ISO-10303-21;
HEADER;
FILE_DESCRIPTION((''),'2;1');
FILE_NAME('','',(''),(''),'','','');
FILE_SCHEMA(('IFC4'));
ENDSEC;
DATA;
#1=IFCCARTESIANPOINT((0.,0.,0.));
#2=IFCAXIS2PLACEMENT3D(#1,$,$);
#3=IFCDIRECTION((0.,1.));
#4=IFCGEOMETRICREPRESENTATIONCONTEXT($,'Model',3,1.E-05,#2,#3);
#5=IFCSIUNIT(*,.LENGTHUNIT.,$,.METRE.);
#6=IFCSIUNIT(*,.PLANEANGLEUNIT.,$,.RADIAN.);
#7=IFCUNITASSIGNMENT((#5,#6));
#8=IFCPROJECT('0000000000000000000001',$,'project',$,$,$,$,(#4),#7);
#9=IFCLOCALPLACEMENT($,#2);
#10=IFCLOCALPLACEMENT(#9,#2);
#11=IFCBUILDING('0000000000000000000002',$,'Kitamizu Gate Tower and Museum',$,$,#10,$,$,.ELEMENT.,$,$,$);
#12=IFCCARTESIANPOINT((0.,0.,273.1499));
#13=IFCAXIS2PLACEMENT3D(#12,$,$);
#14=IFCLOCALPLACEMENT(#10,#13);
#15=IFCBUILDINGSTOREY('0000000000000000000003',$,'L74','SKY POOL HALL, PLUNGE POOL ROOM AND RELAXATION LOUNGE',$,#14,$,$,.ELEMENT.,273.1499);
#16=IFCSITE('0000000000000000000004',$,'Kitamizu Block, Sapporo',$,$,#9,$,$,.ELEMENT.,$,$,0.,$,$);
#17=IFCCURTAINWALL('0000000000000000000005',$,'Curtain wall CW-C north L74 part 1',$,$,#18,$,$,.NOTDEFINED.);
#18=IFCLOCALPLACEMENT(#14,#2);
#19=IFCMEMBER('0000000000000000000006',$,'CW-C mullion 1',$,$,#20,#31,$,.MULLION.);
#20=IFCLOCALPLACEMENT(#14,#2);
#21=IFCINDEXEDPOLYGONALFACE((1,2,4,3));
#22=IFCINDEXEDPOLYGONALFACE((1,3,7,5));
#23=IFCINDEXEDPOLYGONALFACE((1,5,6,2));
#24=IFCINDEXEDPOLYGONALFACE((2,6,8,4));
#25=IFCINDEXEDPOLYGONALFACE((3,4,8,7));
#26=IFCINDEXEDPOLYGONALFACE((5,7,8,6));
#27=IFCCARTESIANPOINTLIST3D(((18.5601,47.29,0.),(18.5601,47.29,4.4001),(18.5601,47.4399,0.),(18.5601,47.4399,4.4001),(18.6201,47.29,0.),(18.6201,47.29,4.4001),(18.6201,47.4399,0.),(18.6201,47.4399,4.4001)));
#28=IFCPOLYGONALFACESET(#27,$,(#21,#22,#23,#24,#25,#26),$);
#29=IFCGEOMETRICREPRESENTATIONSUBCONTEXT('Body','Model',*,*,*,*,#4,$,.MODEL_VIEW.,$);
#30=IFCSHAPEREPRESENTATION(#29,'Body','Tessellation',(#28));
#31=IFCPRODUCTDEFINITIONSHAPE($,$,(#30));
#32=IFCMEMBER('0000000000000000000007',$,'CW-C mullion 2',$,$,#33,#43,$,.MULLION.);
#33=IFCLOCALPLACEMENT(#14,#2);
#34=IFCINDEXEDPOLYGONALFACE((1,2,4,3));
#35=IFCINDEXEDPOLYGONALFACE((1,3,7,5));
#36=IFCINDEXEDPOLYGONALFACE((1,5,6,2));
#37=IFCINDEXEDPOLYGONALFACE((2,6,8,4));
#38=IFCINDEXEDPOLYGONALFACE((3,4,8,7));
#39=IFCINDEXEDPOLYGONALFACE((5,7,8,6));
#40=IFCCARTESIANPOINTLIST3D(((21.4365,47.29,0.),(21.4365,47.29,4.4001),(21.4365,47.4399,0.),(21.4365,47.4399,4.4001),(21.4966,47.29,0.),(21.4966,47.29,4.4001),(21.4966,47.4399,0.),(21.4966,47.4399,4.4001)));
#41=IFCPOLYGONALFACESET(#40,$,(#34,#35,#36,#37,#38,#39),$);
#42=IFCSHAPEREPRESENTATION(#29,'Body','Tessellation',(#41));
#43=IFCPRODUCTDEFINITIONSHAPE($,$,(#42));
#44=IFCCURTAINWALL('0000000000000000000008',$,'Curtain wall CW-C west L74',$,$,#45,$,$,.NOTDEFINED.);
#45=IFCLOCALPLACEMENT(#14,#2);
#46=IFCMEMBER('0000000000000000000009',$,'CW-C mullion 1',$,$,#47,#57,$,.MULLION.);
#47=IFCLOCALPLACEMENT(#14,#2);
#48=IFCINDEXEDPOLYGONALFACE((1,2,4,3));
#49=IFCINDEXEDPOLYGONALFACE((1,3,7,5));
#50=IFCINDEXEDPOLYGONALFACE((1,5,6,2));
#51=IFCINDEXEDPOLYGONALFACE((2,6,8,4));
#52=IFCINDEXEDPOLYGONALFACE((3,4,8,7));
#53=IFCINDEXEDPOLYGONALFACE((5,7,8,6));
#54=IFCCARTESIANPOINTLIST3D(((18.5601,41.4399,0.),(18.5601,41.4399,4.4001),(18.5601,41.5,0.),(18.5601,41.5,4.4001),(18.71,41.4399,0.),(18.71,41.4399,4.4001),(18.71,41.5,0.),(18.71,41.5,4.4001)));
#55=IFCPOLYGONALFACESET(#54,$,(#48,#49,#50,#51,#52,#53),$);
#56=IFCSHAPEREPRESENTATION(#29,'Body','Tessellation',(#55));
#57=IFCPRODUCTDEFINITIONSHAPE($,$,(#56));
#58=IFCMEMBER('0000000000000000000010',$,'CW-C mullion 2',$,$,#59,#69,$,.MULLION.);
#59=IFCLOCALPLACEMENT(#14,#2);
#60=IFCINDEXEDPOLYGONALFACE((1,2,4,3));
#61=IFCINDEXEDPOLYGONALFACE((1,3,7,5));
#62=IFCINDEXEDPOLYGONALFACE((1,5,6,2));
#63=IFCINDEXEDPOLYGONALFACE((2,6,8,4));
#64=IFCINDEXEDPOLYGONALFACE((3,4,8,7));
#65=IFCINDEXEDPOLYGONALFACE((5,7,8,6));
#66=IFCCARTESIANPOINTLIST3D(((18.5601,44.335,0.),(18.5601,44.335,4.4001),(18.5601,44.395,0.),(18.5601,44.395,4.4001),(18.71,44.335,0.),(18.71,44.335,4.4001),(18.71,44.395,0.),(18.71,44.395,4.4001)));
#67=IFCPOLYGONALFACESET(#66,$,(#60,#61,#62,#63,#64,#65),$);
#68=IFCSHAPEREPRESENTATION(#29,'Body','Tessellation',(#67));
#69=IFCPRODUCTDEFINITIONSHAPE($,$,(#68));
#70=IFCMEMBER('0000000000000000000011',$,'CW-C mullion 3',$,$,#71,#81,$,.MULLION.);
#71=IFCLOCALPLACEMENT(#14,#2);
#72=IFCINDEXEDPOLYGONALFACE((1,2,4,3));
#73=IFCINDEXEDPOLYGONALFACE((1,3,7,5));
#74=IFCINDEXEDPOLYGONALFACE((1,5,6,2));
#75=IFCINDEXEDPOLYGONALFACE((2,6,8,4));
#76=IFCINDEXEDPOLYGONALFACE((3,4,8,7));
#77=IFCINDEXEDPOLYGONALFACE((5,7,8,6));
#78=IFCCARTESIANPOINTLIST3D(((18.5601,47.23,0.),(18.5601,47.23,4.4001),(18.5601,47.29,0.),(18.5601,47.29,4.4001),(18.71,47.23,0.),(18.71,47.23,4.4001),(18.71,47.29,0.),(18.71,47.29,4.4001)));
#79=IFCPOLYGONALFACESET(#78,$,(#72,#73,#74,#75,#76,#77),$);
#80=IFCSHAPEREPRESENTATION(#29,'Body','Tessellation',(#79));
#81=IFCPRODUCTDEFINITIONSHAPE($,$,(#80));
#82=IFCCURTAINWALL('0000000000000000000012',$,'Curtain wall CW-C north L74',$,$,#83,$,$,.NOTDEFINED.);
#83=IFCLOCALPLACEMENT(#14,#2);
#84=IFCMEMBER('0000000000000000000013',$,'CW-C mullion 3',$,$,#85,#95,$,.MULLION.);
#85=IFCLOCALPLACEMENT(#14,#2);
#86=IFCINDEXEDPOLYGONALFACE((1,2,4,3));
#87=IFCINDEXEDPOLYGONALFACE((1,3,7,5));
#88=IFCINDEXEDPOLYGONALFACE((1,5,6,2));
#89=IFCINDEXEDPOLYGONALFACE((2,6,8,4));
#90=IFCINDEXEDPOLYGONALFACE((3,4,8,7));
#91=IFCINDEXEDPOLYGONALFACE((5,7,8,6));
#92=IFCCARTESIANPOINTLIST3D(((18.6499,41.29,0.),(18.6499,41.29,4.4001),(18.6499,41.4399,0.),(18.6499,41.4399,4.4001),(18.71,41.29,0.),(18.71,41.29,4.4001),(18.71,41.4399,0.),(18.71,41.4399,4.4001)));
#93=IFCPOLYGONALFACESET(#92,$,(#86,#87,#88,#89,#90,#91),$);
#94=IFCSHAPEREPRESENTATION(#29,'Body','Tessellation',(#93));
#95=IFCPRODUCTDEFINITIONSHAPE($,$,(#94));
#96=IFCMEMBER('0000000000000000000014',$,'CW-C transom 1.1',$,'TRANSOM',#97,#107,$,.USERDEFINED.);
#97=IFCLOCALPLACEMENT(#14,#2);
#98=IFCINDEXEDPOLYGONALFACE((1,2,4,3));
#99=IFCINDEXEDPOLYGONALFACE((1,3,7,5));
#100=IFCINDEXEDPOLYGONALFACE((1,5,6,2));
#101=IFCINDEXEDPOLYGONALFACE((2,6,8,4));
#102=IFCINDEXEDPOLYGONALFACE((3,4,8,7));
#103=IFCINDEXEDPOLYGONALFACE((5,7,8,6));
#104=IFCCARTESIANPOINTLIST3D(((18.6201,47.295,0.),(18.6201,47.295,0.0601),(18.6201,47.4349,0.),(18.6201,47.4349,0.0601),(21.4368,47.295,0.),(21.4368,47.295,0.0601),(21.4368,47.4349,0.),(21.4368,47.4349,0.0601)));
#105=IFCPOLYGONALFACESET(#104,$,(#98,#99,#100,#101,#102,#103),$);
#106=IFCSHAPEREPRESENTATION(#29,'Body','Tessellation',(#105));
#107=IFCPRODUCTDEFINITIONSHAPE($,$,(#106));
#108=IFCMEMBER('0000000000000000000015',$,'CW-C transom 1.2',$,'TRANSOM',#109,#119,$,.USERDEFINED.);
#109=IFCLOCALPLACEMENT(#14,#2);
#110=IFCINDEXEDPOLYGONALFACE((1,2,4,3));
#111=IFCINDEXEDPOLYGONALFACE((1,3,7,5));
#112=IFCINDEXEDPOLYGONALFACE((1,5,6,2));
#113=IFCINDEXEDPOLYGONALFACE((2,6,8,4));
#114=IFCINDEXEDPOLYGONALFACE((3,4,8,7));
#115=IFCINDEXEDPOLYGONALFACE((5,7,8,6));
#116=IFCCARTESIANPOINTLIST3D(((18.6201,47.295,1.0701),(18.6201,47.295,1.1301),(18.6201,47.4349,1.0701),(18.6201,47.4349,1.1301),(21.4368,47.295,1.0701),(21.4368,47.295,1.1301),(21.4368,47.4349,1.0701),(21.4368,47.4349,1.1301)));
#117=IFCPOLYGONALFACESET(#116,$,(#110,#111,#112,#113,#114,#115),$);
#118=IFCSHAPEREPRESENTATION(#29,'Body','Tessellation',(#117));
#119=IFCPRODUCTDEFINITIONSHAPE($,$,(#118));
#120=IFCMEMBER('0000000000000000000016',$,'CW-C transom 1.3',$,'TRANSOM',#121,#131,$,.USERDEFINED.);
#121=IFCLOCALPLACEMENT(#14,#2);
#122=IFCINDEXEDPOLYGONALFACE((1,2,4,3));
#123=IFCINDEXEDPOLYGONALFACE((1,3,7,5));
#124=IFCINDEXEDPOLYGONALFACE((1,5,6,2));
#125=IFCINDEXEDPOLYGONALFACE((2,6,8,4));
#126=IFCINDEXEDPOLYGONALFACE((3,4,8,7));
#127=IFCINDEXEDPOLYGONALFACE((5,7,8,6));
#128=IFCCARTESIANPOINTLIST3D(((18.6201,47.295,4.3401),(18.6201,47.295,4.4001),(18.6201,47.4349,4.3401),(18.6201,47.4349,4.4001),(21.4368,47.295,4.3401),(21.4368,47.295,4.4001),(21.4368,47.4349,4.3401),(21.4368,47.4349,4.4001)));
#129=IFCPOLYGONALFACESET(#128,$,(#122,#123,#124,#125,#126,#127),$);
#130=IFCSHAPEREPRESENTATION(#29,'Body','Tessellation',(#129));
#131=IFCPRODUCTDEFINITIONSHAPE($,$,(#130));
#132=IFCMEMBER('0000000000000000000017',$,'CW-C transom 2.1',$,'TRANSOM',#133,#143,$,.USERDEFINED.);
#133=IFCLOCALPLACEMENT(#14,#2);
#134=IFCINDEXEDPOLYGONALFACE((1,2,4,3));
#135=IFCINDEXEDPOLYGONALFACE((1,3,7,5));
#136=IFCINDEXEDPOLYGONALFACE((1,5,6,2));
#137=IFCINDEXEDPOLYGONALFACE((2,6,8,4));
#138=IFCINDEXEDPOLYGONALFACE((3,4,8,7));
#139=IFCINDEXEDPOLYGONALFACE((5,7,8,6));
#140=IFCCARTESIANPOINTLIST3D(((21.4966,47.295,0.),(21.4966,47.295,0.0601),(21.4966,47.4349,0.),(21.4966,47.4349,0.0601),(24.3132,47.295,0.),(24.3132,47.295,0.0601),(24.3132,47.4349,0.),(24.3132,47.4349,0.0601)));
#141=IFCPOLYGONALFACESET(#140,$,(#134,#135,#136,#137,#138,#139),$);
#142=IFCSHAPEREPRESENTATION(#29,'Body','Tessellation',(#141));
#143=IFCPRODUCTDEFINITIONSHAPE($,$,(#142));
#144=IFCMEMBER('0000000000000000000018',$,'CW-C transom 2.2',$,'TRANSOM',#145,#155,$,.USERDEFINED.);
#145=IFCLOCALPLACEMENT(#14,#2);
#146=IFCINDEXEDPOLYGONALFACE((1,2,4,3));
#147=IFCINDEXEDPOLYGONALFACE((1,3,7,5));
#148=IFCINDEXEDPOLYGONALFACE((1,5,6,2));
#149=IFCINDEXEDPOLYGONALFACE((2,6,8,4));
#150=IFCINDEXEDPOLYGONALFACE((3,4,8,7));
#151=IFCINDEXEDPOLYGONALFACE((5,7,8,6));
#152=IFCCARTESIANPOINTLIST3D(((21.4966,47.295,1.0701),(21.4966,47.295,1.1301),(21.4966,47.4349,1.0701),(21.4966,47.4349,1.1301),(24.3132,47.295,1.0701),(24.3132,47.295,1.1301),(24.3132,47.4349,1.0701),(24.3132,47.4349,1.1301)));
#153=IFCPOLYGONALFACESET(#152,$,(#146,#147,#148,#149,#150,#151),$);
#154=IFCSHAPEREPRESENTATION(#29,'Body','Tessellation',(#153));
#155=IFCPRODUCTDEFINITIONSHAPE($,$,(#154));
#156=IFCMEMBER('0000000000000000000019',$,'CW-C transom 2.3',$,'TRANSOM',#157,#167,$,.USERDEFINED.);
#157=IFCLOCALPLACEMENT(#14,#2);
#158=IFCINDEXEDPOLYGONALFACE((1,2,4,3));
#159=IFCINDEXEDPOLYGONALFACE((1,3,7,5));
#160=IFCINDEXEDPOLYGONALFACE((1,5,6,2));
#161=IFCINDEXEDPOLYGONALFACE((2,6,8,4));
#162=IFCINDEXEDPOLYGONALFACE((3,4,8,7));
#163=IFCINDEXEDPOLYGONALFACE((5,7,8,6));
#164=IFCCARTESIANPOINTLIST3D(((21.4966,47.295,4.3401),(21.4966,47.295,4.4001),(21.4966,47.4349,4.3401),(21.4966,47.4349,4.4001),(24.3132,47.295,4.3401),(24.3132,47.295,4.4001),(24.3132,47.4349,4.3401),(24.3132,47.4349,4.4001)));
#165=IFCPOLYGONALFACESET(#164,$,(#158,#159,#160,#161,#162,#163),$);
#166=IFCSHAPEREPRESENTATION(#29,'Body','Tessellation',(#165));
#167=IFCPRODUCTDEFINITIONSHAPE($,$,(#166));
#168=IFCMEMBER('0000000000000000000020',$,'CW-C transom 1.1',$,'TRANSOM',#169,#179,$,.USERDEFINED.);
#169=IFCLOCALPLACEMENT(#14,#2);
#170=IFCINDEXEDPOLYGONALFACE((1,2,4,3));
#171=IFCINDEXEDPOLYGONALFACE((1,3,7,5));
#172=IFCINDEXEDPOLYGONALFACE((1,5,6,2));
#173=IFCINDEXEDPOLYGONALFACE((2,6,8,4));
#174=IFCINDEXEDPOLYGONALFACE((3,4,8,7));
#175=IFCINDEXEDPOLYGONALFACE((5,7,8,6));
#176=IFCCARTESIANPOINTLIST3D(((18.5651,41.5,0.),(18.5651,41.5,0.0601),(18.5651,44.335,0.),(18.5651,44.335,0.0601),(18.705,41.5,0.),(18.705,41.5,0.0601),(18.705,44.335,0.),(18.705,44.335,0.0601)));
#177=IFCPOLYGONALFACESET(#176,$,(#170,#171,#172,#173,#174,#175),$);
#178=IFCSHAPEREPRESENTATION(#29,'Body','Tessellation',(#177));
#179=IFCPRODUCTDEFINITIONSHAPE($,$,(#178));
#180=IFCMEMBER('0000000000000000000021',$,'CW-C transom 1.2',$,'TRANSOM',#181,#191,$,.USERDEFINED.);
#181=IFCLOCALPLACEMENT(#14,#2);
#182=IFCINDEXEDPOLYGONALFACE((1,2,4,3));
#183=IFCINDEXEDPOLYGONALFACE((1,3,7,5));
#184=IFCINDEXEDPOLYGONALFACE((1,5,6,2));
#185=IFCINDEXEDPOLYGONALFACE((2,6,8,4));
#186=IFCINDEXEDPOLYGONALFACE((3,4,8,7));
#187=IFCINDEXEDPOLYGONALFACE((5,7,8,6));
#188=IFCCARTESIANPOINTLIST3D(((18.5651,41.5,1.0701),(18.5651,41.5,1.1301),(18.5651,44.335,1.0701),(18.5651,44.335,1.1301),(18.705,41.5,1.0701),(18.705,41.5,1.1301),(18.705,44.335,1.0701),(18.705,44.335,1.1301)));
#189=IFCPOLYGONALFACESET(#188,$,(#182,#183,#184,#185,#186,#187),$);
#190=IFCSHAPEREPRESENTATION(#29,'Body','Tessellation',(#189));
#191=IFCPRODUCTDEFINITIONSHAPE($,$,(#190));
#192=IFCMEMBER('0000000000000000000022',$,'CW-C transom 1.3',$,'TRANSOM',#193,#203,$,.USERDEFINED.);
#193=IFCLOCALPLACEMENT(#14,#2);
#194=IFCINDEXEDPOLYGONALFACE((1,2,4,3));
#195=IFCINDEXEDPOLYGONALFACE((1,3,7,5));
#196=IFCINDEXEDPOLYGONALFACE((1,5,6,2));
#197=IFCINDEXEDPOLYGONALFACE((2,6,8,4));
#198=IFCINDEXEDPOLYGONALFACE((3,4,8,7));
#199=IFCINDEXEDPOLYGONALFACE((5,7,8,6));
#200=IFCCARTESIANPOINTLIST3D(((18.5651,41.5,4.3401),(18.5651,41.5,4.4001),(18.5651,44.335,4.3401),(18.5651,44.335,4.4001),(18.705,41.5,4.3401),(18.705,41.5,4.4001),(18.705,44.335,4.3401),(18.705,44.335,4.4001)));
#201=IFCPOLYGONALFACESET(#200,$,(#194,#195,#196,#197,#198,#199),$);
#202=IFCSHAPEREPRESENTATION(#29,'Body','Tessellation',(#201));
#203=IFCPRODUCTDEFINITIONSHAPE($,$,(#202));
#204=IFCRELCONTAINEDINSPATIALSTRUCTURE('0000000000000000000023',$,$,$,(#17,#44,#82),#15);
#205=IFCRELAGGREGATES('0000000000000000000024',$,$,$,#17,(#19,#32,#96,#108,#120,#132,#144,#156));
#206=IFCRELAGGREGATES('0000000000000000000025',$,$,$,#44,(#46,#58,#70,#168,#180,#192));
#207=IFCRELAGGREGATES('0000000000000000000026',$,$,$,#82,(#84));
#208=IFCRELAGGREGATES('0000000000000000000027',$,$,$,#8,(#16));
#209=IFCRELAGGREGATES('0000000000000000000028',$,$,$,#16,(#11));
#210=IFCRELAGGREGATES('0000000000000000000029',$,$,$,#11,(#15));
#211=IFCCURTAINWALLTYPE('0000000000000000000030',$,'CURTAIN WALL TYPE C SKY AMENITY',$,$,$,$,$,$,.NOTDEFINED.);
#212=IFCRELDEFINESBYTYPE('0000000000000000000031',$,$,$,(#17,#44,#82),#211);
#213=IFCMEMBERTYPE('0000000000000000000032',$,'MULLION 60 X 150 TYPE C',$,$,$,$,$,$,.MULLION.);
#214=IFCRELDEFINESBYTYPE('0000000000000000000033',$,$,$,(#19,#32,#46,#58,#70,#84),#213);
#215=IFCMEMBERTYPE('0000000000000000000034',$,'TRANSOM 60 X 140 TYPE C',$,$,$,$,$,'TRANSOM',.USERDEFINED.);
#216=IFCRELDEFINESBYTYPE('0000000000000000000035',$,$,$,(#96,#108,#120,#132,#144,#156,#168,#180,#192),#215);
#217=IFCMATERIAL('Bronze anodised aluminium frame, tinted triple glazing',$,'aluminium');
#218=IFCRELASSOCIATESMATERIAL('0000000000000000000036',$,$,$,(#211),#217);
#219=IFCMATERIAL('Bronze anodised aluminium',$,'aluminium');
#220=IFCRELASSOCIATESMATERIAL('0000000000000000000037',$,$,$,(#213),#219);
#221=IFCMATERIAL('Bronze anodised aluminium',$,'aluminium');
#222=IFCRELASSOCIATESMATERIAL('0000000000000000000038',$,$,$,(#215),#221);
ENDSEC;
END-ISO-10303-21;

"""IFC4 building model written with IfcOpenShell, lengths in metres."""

from ifc_helpers import new_model, si_unit, direction, frame, origin, origin_2d, place, context, subcontext, project, spatial, rectangle, extrude, material, material_profile, profile_set, type_object, element, aggregate, save


model = new_model("IFC4")

# Units and contexts
model_context = context("Model", 3, precision=1e-05, world=origin(), true_north=direction((0.0, 1.0)))
body_context = subcontext(model_context, "Body", "Model", "MODEL_VIEW")
ifc_project = project(units=[si_unit("LENGTHUNIT", "METRE"), si_unit("PLANEANGLEUNIT", "RADIAN")], contexts=[model_context])

# Site, building, storey
site_placement = place(None, origin())
site = spatial("IfcSite", under=ifc_project, at=site_placement, Name="Kitamizu Block, Sapporo", CompositionType="ELEMENT", RefElevation=0.0)
building_placement = place(site_placement, origin())
building = spatial("IfcBuilding", under=site, at=building_placement, Name="Kitamizu Gate Tower and Museum", CompositionType="ELEMENT")
storey_placement = place(building_placement, frame((0.0, 0.0, 273.1499)))
storey = spatial("IfcBuildingStorey", under=building, at=storey_placement, Name="L74", Description="SKY POOL HALL, PLUNGE POOL ROOM AND RELAXATION LOUNGE", CompositionType="ELEMENT", Elevation=273.1499)

# Curtain walls, members
ifc_material_1 = material(Name="Bronze anodised aluminium frame, tinted triple glazing", Category="aluminium")
curtain_wall_type = type_object("IfcCurtainWallType", Name="CURTAIN WALL TYPE C SKY AMENITY", PredefinedType="NOTDEFINED", material=ifc_material_1)
curtain_wall_1_placement = place(storey_placement, origin())
curtain_wall_1 = element("IfcCurtainWall", 1, at=curtain_wall_1_placement, inside=storey, type_object=curtain_wall_type, Name="Curtain wall CW-C north L74 part 1", PredefinedType="NOTDEFINED")
ifc_material_2 = material(Name="Bronze anodised aluminium", Category="aluminium")
ifc_material_profile_1 = material_profile(ifc_material_2, rectangle(XDim=0.0601, YDim=0.1499, at=origin_2d()), Name="AL 60X150")
ifc_profile_set_1 = profile_set([ifc_material_profile_1], Name="Bronze anodised aluminium")
member_type_1 = type_object("IfcMemberType", Name="MULLION 60 X 150 TYPE C", PredefinedType="MULLION", material=ifc_profile_set_1)
member_1_placement = place(storey_placement, frame((18.5901, 47.365, 0.0), z_axis=(0.0, 0.0, 1.0), x_axis=(1.0, 0.0, 0.0)))
member_1 = element("IfcMember", 2, at=member_1_placement, type_object=member_type_1, Name="CW-C mullion 1", PredefinedType="MULLION", context=body_context, shape_type="SweptSolid", body=[
    extrude(rectangle(XDim=0.0601, YDim=0.1499, at=origin_2d()), origin(), (0.0, 0.0, 1.0), 4.4001),
])
member_2_placement = place(storey_placement, frame((21.4666, 47.365, 0.0), z_axis=(0.0, 0.0, 1.0), x_axis=(1.0, 0.0, 0.0)))
member_2 = element("IfcMember", 3, at=member_2_placement, type_object=member_type_1, Name="CW-C mullion 2", PredefinedType="MULLION", context=body_context, shape_type="SweptSolid", body=[
    extrude(rectangle(XDim=0.0601, YDim=0.1499, at=origin_2d()), origin(), (0.0, 0.0, 1.0), 4.4001),
])
curtain_wall_2_placement = place(storey_placement, origin())
curtain_wall_2 = element("IfcCurtainWall", 4, at=curtain_wall_2_placement, inside=storey, type_object=curtain_wall_type, Name="Curtain wall CW-C west L74", PredefinedType="NOTDEFINED")
member_3_placement = place(storey_placement, frame((18.635, 41.47, 0.0), z_axis=(0.0, 0.0, 1.0), x_axis=(0.0, 1.0, 0.0)))
member_3 = element("IfcMember", 5, at=member_3_placement, type_object=member_type_1, Name="CW-C mullion 1", PredefinedType="MULLION", context=body_context, shape_type="SweptSolid", body=[
    extrude(rectangle(XDim=0.0601, YDim=0.1499, at=origin_2d()), origin(), (0.0, 0.0, 1.0), 4.4001),
])
member_4_placement = place(storey_placement, frame((18.635, 44.365, 0.0), z_axis=(0.0, 0.0, 1.0), x_axis=(0.0, 1.0, 0.0)))
member_4 = element("IfcMember", 6, at=member_4_placement, type_object=member_type_1, Name="CW-C mullion 2", PredefinedType="MULLION", context=body_context, shape_type="SweptSolid", body=[
    extrude(rectangle(XDim=0.0601, YDim=0.1499, at=origin_2d()), origin(), (0.0, 0.0, 1.0), 4.4001),
])
member_5_placement = place(storey_placement, frame((18.635, 47.26, 0.0), z_axis=(0.0, 0.0, 1.0), x_axis=(0.0, 1.0, 0.0)))
member_5 = element("IfcMember", 7, at=member_5_placement, type_object=member_type_1, Name="CW-C mullion 3", PredefinedType="MULLION", context=body_context, shape_type="SweptSolid", body=[
    extrude(rectangle(XDim=0.0601, YDim=0.1499, at=origin_2d()), origin(), (0.0, 0.0, 1.0), 4.4001),
])

# Curtain wall, member
curtain_wall_3_placement = place(storey_placement, origin())
curtain_wall_3 = element("IfcCurtainWall", 8, at=curtain_wall_3_placement, inside=storey, type_object=curtain_wall_type, Name="Curtain wall CW-C north L74", PredefinedType="NOTDEFINED")
member_6_placement = place(storey_placement, frame((18.6799, 41.365, 0.0), z_axis=(0.0, 0.0, 1.0), x_axis=(1.0, 0.0, 0.0)))
member_6 = element("IfcMember", 9, at=member_6_placement, type_object=member_type_1, Name="CW-C mullion 3", PredefinedType="MULLION", context=body_context, shape_type="SweptSolid", body=[
    extrude(rectangle(XDim=0.0601, YDim=0.1499, at=origin_2d()), origin(), (0.0, 0.0, 1.0), 4.4001),
])

# Members
ifc_material_3 = material(Name="Bronze anodised aluminium", Category="aluminium")
ifc_material_profile_2 = material_profile(ifc_material_3, rectangle(XDim=0.1399, YDim=0.0601, at=origin_2d()), Name="AL 60X140")
ifc_profile_set_2 = profile_set([ifc_material_profile_2], Name="Bronze anodised aluminium")
member_type_2 = type_object("IfcMemberType", Name="TRANSOM 60 X 140 TYPE C", ElementType="TRANSOM", PredefinedType="USERDEFINED", material=ifc_profile_set_2)
member_7_placement = place(storey_placement, frame((18.6201, 47.365, 0.03), z_axis=(1.0, 0.0, 0.0), x_axis=(0.0, 1.0, 0.0)))
member_7 = element("IfcMember", 10, at=member_7_placement, type_object=member_type_2, Name="CW-C transom 1.1", ObjectType="TRANSOM", PredefinedType="USERDEFINED", context=body_context, shape_type="SweptSolid", body=[
    extrude(rectangle(XDim=0.1399, YDim=0.0601, at=origin_2d()), origin(), (0.0, 0.0, 1.0), 2.8167),
])
member_8_placement = place(storey_placement, frame((18.6201, 47.365, 1.1001), z_axis=(1.0, 0.0, 0.0), x_axis=(0.0, 1.0, 0.0)))
member_8 = element("IfcMember", 11, at=member_8_placement, type_object=member_type_2, Name="CW-C transom 1.2", ObjectType="TRANSOM", PredefinedType="USERDEFINED", context=body_context, shape_type="SweptSolid", body=[
    extrude(rectangle(XDim=0.1399, YDim=0.0601, at=origin_2d()), origin(), (0.0, 0.0, 1.0), 2.8167),
])
member_9_placement = place(storey_placement, frame((18.6201, 47.365, 4.3701), z_axis=(1.0, 0.0, 0.0), x_axis=(0.0, 1.0, 0.0)))
member_9 = element("IfcMember", 12, at=member_9_placement, type_object=member_type_2, Name="CW-C transom 1.3", ObjectType="TRANSOM", PredefinedType="USERDEFINED", context=body_context, shape_type="SweptSolid", body=[
    extrude(rectangle(XDim=0.1399, YDim=0.0601, at=origin_2d()), origin(), (0.0, 0.0, 1.0), 2.8167),
])
member_10_placement = place(storey_placement, frame((21.4966, 47.365, 0.03), z_axis=(1.0, 0.0, 0.0), x_axis=(0.0, 1.0, 0.0)))
member_10 = element("IfcMember", 13, at=member_10_placement, type_object=member_type_2, Name="CW-C transom 2.1", ObjectType="TRANSOM", PredefinedType="USERDEFINED", context=body_context, shape_type="SweptSolid", body=[
    extrude(rectangle(XDim=0.1399, YDim=0.0601, at=origin_2d()), origin(), (0.0, 0.0, 1.0), 2.8167),
])
member_11_placement = place(storey_placement, frame((21.4966, 47.365, 1.1001), z_axis=(1.0, 0.0, 0.0), x_axis=(0.0, 1.0, 0.0)))
member_11 = element("IfcMember", 14, at=member_11_placement, type_object=member_type_2, Name="CW-C transom 2.2", ObjectType="TRANSOM", PredefinedType="USERDEFINED", context=body_context, shape_type="SweptSolid", body=[
    extrude(rectangle(XDim=0.1399, YDim=0.0601, at=origin_2d()), origin(), (0.0, 0.0, 1.0), 2.8167),
])
member_12_placement = place(storey_placement, frame((21.4966, 47.365, 4.3701), z_axis=(1.0, 0.0, 0.0), x_axis=(0.0, 1.0, 0.0)))
member_12 = element("IfcMember", 15, at=member_12_placement, type_object=member_type_2, Name="CW-C transom 2.3", ObjectType="TRANSOM", PredefinedType="USERDEFINED", context=body_context, shape_type="SweptSolid", body=[
    extrude(rectangle(XDim=0.1399, YDim=0.0601, at=origin_2d()), origin(), (0.0, 0.0, 1.0), 2.8167),
])
member_13_placement = place(storey_placement, frame((18.635, 41.5, 0.03), z_axis=(0.0, 1.0, 0.0), x_axis=(-1.0, 0.0, 0.0)))
member_13 = element("IfcMember", 16, at=member_13_placement, type_object=member_type_2, Name="CW-C transom 1.1", ObjectType="TRANSOM", PredefinedType="USERDEFINED", context=body_context, shape_type="SweptSolid", body=[
    extrude(rectangle(XDim=0.1399, YDim=0.0601, at=origin_2d()), origin(), (0.0, 0.0, 1.0), 2.835),
])
member_14_placement = place(storey_placement, frame((18.635, 41.5, 1.1001), z_axis=(0.0, 1.0, 0.0), x_axis=(-1.0, 0.0, 0.0)))
member_14 = element("IfcMember", 17, at=member_14_placement, type_object=member_type_2, Name="CW-C transom 1.2", ObjectType="TRANSOM", PredefinedType="USERDEFINED", context=body_context, shape_type="SweptSolid", body=[
    extrude(rectangle(XDim=0.1399, YDim=0.0601, at=origin_2d()), origin(), (0.0, 0.0, 1.0), 2.835),
])
member_15_placement = place(storey_placement, frame((18.635, 41.5, 4.3701), z_axis=(0.0, 1.0, 0.0), x_axis=(-1.0, 0.0, 0.0)))
member_15 = element("IfcMember", 18, at=member_15_placement, type_object=member_type_2, Name="CW-C transom 1.3", ObjectType="TRANSOM", PredefinedType="USERDEFINED", context=body_context, shape_type="SweptSolid", body=[
    extrude(rectangle(XDim=0.1399, YDim=0.0601, at=origin_2d()), origin(), (0.0, 0.0, 1.0), 2.835),
])

aggregate(curtain_wall_1, [member_1, member_2, member_7, member_8, member_9, member_10, member_11, member_12])
aggregate(curtain_wall_2, [member_3, member_4, member_5, member_13, member_14, member_15])
aggregate(curtain_wall_3, [member_6])

save(model, "model.ifc")
